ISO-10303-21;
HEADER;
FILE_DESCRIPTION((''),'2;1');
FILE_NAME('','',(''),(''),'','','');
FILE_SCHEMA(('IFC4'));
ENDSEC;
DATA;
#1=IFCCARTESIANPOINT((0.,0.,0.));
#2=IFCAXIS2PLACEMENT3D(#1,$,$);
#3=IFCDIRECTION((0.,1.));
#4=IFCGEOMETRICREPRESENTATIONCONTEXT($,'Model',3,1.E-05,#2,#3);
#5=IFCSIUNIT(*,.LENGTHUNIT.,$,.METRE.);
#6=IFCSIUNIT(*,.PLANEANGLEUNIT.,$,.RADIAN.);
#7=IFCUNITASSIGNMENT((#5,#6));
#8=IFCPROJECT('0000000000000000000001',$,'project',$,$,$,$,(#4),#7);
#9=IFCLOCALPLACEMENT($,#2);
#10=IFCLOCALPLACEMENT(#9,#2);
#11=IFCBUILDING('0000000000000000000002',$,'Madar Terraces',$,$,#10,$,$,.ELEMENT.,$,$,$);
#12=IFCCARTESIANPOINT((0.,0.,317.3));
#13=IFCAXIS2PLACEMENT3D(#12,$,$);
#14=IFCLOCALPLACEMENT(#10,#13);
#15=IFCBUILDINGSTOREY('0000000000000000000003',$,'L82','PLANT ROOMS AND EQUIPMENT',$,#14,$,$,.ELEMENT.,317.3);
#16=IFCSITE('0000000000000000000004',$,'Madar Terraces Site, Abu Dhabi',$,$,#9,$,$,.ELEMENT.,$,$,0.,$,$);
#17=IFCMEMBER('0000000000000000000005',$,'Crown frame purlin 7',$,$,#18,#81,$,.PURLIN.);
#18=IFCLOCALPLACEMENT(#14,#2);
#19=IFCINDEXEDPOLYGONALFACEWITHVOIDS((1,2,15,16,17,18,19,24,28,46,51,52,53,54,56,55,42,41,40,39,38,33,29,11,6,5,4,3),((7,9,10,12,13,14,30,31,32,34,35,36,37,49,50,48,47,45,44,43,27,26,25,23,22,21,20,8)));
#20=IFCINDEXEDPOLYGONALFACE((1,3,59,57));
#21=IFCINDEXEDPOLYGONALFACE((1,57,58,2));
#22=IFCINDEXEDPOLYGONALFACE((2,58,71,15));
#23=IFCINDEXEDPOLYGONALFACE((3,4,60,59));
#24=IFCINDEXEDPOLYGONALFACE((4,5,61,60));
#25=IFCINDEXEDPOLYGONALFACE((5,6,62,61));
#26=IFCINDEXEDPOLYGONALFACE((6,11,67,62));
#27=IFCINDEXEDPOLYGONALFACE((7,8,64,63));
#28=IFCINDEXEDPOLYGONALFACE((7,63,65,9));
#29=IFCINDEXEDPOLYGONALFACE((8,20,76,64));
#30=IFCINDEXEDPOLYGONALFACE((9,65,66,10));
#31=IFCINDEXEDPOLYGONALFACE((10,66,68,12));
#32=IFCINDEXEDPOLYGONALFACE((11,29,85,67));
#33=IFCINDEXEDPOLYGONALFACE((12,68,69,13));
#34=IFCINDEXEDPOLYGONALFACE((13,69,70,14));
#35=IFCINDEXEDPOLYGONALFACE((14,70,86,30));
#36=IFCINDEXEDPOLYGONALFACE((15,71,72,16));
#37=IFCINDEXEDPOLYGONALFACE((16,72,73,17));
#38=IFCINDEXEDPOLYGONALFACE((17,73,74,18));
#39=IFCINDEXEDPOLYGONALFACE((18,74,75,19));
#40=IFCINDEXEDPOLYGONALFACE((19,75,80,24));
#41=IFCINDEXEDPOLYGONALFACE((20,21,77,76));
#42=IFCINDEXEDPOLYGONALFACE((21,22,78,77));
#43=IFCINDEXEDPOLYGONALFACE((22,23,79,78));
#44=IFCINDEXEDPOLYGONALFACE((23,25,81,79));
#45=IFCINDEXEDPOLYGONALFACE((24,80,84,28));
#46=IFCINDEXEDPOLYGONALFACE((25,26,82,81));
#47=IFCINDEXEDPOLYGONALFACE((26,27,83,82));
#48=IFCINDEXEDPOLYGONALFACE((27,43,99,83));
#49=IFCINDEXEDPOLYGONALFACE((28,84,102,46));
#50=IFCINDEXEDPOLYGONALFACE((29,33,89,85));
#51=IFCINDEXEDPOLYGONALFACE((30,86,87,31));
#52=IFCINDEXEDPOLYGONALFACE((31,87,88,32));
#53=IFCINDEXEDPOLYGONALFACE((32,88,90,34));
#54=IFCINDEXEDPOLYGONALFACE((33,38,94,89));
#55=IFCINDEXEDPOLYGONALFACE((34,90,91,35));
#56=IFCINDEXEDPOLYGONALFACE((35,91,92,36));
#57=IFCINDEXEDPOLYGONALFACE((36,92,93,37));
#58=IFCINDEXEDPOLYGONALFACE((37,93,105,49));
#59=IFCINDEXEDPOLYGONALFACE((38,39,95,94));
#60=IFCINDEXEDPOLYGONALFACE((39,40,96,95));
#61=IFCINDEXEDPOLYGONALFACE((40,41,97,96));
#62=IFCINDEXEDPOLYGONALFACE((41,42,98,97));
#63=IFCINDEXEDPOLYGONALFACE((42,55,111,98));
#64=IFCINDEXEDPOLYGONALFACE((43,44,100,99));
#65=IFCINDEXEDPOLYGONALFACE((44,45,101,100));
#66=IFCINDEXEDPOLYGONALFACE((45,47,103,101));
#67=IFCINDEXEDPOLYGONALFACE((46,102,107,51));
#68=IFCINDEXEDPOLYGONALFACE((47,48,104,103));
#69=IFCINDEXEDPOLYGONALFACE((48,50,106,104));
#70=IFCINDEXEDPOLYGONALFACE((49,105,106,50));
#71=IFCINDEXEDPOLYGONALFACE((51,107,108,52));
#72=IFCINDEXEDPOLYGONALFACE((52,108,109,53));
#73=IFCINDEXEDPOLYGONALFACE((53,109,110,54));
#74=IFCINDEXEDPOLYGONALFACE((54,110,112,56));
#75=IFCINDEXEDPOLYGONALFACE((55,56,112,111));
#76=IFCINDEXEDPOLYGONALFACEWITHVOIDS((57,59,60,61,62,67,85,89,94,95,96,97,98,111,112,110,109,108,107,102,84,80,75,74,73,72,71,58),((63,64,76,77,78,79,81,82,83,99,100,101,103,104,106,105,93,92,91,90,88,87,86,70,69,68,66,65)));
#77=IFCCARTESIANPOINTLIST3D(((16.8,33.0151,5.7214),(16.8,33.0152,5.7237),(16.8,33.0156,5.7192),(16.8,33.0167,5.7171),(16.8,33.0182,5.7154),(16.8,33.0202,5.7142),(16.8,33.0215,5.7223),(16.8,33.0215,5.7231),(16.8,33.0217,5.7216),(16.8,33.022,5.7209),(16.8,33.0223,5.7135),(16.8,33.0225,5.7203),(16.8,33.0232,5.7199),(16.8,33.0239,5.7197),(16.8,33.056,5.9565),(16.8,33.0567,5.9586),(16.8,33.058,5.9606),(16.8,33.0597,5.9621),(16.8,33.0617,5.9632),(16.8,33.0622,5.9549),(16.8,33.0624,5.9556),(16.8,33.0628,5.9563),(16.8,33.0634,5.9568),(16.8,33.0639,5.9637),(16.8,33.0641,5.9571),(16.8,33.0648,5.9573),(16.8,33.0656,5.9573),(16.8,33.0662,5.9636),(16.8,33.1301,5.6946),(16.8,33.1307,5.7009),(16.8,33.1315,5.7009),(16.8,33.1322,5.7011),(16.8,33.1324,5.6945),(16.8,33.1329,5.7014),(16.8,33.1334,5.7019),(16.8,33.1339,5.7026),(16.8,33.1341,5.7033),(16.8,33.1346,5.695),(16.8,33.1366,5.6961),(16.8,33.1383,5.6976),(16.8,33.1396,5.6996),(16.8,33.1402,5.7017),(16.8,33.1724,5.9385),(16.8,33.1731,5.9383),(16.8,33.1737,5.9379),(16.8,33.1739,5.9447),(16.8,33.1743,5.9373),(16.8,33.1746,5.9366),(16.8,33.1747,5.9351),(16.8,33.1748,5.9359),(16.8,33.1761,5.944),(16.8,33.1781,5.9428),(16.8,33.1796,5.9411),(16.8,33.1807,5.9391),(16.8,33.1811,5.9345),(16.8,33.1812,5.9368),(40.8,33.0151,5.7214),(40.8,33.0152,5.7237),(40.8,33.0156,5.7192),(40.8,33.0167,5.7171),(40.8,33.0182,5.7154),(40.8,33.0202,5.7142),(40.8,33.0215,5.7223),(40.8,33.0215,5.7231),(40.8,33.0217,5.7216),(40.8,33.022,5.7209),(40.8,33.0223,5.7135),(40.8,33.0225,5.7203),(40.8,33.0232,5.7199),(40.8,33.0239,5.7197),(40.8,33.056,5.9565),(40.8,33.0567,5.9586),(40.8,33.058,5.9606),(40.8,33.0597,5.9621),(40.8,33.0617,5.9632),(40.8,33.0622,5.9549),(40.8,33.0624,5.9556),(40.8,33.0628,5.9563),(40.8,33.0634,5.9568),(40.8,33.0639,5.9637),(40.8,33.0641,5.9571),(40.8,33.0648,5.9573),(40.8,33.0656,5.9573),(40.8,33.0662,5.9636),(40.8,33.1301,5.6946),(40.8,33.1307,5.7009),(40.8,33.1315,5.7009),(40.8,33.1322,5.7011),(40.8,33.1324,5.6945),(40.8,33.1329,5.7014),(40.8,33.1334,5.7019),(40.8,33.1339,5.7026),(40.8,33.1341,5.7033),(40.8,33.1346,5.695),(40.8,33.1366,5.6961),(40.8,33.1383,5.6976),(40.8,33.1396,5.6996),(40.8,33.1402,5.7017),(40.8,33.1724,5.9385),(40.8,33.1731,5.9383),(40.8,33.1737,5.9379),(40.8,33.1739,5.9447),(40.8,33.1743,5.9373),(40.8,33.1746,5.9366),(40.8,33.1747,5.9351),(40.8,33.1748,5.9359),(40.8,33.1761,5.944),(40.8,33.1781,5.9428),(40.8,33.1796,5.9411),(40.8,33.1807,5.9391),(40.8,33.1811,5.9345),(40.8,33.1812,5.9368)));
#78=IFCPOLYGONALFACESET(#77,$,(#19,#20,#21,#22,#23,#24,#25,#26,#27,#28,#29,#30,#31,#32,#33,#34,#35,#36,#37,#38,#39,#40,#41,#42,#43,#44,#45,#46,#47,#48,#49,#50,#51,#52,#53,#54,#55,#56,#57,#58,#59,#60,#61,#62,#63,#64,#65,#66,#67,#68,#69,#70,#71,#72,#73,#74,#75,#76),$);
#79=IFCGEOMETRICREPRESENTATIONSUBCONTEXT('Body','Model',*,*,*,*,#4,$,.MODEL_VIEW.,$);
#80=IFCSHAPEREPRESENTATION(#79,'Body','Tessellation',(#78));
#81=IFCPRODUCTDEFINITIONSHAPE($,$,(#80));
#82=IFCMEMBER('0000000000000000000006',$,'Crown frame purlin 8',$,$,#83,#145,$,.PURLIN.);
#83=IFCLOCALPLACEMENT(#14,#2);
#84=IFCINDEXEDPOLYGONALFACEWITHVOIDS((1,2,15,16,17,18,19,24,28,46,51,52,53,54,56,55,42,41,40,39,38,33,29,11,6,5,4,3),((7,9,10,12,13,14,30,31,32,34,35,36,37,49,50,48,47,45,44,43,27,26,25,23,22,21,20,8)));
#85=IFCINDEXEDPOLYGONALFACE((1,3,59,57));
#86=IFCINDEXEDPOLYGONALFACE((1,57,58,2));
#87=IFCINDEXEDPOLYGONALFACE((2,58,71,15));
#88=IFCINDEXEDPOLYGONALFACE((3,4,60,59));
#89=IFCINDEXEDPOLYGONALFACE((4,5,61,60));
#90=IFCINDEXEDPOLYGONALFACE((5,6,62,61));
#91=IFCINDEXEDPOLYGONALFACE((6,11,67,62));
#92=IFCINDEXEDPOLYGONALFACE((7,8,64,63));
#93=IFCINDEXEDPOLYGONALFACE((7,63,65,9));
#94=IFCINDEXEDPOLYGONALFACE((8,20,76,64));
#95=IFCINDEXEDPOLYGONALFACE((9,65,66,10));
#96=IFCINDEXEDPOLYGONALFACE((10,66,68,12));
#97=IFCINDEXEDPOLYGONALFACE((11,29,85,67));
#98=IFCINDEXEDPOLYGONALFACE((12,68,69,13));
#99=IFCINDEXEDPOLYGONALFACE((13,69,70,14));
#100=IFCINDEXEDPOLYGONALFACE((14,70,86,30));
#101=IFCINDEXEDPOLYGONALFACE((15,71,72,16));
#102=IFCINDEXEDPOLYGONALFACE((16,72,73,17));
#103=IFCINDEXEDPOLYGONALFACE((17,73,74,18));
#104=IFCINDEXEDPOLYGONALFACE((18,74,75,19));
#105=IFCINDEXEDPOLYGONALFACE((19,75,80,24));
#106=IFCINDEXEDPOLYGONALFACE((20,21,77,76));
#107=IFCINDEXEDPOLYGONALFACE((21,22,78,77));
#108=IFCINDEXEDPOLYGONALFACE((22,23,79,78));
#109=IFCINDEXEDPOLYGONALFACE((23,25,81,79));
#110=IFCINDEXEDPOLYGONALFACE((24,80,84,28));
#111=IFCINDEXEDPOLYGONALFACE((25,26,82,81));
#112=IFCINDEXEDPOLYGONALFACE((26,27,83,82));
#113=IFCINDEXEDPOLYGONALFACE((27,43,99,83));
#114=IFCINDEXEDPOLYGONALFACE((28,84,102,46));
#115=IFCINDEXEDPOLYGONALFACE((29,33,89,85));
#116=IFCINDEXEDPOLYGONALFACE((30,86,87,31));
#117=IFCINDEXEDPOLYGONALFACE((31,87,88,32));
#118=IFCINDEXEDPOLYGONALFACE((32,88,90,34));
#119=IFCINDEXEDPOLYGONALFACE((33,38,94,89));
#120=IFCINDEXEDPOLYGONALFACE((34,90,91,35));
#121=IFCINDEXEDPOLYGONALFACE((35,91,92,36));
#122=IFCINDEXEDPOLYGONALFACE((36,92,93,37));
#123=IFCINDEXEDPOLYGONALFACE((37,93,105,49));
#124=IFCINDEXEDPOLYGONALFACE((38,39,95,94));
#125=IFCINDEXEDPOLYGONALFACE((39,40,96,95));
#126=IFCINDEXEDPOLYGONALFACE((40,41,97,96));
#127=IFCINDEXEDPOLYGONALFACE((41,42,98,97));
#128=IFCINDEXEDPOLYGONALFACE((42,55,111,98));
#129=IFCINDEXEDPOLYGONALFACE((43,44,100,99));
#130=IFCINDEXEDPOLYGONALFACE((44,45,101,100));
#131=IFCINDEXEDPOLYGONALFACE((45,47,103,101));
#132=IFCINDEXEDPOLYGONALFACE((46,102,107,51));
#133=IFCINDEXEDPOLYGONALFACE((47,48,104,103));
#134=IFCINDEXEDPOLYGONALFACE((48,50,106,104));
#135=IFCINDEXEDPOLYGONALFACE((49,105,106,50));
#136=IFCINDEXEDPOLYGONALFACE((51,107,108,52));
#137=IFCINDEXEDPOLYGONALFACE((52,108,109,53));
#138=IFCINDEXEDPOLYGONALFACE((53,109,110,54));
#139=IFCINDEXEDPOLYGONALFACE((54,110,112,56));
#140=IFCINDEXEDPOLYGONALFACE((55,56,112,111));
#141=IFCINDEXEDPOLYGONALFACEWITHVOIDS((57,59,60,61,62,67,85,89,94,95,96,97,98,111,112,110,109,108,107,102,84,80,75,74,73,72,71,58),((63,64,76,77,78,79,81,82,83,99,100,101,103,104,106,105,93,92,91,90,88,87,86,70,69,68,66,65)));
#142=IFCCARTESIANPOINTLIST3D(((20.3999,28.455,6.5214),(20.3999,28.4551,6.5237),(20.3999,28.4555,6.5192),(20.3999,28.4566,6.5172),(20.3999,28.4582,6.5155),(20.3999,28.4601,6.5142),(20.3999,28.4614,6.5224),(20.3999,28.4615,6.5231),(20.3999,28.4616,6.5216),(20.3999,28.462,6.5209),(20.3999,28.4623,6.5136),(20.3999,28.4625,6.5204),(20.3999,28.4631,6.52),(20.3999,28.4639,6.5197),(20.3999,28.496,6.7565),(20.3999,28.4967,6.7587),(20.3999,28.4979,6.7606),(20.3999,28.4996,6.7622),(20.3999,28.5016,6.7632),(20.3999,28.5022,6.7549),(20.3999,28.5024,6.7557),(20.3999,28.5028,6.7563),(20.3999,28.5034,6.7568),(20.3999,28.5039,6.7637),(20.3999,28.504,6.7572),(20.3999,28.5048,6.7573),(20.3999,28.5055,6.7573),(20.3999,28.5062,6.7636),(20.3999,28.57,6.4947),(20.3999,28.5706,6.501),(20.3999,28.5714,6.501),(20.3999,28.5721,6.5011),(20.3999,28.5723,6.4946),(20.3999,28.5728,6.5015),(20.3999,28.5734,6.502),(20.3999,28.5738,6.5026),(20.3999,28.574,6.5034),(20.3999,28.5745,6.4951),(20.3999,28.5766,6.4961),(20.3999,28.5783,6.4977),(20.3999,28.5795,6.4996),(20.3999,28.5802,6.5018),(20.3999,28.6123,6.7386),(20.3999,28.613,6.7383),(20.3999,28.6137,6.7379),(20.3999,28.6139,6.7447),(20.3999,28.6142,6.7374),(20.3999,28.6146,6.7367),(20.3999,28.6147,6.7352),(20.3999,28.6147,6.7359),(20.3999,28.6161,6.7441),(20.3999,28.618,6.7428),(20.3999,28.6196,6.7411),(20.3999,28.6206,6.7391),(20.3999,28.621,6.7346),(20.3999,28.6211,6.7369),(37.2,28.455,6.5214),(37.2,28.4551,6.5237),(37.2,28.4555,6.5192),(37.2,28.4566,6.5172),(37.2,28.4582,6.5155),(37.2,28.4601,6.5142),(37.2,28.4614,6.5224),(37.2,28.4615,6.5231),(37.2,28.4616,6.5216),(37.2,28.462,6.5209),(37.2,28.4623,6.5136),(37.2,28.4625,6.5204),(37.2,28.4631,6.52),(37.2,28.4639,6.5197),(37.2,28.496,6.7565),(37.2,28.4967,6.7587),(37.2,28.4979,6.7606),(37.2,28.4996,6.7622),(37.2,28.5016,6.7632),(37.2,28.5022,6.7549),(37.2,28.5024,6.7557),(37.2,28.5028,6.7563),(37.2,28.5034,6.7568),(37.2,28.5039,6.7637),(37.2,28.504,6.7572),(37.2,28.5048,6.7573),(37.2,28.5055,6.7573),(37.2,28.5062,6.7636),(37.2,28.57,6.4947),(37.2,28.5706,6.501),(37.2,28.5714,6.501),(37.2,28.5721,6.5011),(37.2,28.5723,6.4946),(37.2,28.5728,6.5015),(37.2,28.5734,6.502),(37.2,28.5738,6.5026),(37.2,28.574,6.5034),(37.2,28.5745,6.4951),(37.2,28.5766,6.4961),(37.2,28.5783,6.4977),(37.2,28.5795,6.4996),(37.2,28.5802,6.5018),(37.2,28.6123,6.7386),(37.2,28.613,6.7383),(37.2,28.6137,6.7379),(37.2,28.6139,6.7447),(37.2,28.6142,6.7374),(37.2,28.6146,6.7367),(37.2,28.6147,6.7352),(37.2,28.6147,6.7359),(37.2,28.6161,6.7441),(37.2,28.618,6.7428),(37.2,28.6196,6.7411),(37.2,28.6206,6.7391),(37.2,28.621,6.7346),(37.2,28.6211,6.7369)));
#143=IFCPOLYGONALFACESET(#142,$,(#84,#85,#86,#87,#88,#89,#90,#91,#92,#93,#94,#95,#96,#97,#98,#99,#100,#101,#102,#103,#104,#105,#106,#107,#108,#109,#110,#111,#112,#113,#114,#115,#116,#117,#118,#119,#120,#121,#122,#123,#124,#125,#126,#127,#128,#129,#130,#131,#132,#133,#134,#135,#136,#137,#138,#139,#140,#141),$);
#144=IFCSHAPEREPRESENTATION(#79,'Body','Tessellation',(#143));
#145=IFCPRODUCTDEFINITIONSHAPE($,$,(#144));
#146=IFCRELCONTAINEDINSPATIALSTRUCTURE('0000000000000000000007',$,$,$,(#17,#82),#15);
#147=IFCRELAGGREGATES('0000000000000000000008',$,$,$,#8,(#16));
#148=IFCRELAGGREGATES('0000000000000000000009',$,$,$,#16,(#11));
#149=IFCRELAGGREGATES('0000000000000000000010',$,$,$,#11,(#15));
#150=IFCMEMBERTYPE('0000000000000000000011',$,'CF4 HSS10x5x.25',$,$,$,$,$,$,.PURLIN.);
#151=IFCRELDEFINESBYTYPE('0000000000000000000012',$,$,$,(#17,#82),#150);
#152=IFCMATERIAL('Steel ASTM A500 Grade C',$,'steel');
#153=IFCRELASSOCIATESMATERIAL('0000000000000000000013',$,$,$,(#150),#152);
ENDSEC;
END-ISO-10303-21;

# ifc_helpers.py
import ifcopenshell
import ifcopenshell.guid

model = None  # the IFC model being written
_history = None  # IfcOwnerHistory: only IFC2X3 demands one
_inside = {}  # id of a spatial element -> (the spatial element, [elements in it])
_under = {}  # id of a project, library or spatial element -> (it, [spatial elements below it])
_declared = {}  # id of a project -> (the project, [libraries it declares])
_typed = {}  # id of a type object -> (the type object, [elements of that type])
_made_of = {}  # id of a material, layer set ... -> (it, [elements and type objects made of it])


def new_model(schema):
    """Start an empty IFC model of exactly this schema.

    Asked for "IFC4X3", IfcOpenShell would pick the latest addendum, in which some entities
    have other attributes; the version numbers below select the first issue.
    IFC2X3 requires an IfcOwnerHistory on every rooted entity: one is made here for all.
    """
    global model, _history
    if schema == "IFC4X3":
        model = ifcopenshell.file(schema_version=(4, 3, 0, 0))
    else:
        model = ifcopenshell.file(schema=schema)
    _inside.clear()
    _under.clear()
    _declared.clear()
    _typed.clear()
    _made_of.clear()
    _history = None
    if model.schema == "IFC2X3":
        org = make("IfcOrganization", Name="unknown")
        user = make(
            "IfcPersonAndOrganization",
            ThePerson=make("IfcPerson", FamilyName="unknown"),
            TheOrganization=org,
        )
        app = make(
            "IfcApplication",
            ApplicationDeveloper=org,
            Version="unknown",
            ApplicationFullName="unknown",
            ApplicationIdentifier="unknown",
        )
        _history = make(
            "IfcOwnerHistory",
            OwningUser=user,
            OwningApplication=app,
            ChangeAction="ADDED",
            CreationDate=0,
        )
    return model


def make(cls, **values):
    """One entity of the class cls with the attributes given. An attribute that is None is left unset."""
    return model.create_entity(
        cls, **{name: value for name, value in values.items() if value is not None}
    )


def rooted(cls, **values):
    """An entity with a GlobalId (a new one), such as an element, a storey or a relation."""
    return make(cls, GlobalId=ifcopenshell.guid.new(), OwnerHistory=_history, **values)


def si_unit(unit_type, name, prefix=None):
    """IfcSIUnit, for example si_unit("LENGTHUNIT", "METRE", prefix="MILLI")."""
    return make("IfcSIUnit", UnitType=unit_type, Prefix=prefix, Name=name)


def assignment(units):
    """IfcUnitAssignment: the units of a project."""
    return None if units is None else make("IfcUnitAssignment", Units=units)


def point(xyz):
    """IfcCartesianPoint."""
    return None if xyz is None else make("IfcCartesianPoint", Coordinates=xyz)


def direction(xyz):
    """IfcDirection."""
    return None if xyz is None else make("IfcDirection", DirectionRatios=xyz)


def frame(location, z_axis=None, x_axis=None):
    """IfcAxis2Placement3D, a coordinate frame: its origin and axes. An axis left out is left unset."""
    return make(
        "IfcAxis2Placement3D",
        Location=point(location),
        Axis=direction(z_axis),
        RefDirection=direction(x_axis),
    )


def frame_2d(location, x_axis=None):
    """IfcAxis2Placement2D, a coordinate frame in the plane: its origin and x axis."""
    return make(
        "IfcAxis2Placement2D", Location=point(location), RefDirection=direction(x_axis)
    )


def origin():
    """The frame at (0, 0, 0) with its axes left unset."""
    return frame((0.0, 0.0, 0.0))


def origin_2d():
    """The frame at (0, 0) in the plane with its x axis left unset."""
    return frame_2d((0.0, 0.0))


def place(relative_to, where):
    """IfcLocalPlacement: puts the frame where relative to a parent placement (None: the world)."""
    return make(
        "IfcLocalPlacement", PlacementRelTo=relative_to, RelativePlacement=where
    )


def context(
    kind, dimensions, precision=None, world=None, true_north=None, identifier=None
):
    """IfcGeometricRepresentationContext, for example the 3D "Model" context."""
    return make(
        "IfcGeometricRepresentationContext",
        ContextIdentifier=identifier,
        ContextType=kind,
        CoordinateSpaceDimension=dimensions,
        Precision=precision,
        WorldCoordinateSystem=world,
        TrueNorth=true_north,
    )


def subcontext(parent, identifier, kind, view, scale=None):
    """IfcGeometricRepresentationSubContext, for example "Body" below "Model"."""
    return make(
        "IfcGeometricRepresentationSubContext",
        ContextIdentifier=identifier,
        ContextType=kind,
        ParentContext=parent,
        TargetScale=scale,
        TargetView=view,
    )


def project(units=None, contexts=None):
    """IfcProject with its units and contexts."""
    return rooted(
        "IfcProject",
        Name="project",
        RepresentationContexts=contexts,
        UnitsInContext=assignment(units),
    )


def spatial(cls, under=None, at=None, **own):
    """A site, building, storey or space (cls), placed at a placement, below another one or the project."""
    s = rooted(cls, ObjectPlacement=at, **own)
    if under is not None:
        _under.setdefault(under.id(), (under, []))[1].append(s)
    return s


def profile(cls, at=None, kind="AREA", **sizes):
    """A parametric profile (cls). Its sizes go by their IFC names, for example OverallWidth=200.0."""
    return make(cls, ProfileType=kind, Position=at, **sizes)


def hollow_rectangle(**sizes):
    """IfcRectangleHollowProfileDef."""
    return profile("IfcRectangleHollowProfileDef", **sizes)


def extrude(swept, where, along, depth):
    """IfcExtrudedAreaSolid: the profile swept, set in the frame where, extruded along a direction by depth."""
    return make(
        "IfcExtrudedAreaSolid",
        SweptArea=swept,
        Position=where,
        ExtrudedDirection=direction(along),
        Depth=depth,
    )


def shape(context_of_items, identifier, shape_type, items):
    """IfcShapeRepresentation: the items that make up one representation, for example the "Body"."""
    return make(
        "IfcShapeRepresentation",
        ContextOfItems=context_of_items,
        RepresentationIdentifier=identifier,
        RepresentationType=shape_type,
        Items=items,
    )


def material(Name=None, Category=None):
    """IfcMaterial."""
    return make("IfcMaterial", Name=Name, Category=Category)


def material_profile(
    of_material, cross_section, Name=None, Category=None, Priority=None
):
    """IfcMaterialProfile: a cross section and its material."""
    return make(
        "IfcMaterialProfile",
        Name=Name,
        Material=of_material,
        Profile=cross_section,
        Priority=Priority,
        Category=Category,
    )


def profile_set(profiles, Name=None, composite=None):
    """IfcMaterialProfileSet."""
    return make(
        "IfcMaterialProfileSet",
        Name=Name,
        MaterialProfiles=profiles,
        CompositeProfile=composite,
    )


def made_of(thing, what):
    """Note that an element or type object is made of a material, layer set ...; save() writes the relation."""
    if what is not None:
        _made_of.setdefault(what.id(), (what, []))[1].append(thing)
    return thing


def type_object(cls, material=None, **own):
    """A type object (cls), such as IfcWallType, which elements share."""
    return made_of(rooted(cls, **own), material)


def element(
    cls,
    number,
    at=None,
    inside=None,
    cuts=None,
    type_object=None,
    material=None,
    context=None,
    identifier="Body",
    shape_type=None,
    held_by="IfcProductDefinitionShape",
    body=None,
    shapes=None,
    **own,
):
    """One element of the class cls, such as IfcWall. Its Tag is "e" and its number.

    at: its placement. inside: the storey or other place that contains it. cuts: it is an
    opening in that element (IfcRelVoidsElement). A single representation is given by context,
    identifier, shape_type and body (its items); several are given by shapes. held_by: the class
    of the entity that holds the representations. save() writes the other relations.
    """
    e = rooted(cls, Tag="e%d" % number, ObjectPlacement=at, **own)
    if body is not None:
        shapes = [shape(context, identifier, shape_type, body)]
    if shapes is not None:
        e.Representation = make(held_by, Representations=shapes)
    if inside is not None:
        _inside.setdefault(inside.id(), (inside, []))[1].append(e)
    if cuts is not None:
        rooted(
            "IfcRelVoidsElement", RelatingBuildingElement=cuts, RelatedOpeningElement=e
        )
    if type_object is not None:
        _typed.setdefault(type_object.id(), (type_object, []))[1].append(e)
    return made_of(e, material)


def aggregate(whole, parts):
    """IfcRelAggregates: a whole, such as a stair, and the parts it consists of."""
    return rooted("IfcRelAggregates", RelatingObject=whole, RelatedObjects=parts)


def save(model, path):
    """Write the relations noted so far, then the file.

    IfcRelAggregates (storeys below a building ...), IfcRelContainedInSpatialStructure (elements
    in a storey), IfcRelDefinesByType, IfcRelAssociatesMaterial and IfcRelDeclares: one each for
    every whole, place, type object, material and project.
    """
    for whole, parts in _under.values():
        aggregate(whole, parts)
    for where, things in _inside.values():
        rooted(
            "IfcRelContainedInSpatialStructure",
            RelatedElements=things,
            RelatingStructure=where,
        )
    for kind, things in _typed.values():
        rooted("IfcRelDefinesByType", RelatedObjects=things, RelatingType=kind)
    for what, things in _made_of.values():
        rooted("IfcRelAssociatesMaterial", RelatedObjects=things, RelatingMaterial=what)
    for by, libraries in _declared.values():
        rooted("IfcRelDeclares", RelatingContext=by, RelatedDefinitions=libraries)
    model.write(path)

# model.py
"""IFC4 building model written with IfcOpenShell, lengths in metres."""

from ifc_helpers import new_model, si_unit, direction, frame, origin, origin_2d, place, context, subcontext, project, spatial, hollow_rectangle, extrude, material, material_profile, profile_set, type_object, element, save


model = new_model("IFC4")

# Units and contexts
model_context = context("Model", 3, precision=1e-05, world=origin(), true_north=direction((0.0, 1.0)))
body_context = subcontext(model_context, "Body", "Model", "MODEL_VIEW")
ifc_project = project(units=[si_unit("LENGTHUNIT", "METRE"), si_unit("PLANEANGLEUNIT", "RADIAN")], contexts=[model_context])

# Site, building, storey
site_placement = place(None, origin())
site = spatial("IfcSite", under=ifc_project, at=site_placement, Name="Madar Terraces Site, Abu Dhabi", CompositionType="ELEMENT", RefElevation=0.0)
building_placement = place(site_placement, origin())
building = spatial("IfcBuilding", under=site, at=building_placement, Name="Madar Terraces", CompositionType="ELEMENT")
storey_placement = place(building_placement, frame((0.0, 0.0, 317.3)))
storey = spatial("IfcBuildingStorey", under=building, at=storey_placement, Name="L82", Description="PLANT ROOMS AND EQUIPMENT", CompositionType="ELEMENT", Elevation=317.3)

# Members
ifc_material_1 = material(Name="Steel ASTM A500 Grade C", Category="steel")
ifc_material_profile = material_profile(ifc_material_1, hollow_rectangle(XDim=0.127, YDim=0.2539, WallThickness=0.0063, InnerFilletRadius=0.0029, OuterFilletRadius=0.0088, at=origin_2d()), Name="HSS10x5x.25")
ifc_profile_set = profile_set([ifc_material_profile], Name="Steel ASTM A500 Grade C")
member_type = type_object("IfcMemberType", Name="CF4 HSS10x5x.25", PredefinedType="PURLIN", material=ifc_profile_set)
member_1_placement = place(storey_placement, frame((40.8, 33.0981, 5.8291), z_axis=(-1.0, 0.0, 0.0), x_axis=(0.0, -0.984957, 0.172799)))
element("IfcMember", 1, at=member_1_placement, inside=storey, type_object=member_type, Name="Crown frame purlin 7", PredefinedType="PURLIN", context=body_context, shape_type="SweptSolid", body=[
    extrude(hollow_rectangle(XDim=0.127, YDim=0.2539, WallThickness=0.0063, InnerFilletRadius=0.0029, OuterFilletRadius=0.0088, at=origin_2d()), origin(), (0.0, 0.0, 1.0), 24.0),
])
member_2_placement = place(storey_placement, frame((37.2, 28.5381, 6.6292), z_axis=(-1.0, 0.0, 0.0), x_axis=(0.0, -0.984957, 0.172799)))
element("IfcMember", 2, at=member_2_placement, inside=storey, type_object=member_type, Name="Crown frame purlin 8", PredefinedType="PURLIN", context=body_context, shape_type="SweptSolid", body=[
    extrude(hollow_rectangle(XDim=0.127, YDim=0.2539, WallThickness=0.0063, InnerFilletRadius=0.0029, OuterFilletRadius=0.0088, at=origin_2d()), origin(), (0.0, 0.0, 1.0), 16.8),
])

save(model, "model.ifc")
